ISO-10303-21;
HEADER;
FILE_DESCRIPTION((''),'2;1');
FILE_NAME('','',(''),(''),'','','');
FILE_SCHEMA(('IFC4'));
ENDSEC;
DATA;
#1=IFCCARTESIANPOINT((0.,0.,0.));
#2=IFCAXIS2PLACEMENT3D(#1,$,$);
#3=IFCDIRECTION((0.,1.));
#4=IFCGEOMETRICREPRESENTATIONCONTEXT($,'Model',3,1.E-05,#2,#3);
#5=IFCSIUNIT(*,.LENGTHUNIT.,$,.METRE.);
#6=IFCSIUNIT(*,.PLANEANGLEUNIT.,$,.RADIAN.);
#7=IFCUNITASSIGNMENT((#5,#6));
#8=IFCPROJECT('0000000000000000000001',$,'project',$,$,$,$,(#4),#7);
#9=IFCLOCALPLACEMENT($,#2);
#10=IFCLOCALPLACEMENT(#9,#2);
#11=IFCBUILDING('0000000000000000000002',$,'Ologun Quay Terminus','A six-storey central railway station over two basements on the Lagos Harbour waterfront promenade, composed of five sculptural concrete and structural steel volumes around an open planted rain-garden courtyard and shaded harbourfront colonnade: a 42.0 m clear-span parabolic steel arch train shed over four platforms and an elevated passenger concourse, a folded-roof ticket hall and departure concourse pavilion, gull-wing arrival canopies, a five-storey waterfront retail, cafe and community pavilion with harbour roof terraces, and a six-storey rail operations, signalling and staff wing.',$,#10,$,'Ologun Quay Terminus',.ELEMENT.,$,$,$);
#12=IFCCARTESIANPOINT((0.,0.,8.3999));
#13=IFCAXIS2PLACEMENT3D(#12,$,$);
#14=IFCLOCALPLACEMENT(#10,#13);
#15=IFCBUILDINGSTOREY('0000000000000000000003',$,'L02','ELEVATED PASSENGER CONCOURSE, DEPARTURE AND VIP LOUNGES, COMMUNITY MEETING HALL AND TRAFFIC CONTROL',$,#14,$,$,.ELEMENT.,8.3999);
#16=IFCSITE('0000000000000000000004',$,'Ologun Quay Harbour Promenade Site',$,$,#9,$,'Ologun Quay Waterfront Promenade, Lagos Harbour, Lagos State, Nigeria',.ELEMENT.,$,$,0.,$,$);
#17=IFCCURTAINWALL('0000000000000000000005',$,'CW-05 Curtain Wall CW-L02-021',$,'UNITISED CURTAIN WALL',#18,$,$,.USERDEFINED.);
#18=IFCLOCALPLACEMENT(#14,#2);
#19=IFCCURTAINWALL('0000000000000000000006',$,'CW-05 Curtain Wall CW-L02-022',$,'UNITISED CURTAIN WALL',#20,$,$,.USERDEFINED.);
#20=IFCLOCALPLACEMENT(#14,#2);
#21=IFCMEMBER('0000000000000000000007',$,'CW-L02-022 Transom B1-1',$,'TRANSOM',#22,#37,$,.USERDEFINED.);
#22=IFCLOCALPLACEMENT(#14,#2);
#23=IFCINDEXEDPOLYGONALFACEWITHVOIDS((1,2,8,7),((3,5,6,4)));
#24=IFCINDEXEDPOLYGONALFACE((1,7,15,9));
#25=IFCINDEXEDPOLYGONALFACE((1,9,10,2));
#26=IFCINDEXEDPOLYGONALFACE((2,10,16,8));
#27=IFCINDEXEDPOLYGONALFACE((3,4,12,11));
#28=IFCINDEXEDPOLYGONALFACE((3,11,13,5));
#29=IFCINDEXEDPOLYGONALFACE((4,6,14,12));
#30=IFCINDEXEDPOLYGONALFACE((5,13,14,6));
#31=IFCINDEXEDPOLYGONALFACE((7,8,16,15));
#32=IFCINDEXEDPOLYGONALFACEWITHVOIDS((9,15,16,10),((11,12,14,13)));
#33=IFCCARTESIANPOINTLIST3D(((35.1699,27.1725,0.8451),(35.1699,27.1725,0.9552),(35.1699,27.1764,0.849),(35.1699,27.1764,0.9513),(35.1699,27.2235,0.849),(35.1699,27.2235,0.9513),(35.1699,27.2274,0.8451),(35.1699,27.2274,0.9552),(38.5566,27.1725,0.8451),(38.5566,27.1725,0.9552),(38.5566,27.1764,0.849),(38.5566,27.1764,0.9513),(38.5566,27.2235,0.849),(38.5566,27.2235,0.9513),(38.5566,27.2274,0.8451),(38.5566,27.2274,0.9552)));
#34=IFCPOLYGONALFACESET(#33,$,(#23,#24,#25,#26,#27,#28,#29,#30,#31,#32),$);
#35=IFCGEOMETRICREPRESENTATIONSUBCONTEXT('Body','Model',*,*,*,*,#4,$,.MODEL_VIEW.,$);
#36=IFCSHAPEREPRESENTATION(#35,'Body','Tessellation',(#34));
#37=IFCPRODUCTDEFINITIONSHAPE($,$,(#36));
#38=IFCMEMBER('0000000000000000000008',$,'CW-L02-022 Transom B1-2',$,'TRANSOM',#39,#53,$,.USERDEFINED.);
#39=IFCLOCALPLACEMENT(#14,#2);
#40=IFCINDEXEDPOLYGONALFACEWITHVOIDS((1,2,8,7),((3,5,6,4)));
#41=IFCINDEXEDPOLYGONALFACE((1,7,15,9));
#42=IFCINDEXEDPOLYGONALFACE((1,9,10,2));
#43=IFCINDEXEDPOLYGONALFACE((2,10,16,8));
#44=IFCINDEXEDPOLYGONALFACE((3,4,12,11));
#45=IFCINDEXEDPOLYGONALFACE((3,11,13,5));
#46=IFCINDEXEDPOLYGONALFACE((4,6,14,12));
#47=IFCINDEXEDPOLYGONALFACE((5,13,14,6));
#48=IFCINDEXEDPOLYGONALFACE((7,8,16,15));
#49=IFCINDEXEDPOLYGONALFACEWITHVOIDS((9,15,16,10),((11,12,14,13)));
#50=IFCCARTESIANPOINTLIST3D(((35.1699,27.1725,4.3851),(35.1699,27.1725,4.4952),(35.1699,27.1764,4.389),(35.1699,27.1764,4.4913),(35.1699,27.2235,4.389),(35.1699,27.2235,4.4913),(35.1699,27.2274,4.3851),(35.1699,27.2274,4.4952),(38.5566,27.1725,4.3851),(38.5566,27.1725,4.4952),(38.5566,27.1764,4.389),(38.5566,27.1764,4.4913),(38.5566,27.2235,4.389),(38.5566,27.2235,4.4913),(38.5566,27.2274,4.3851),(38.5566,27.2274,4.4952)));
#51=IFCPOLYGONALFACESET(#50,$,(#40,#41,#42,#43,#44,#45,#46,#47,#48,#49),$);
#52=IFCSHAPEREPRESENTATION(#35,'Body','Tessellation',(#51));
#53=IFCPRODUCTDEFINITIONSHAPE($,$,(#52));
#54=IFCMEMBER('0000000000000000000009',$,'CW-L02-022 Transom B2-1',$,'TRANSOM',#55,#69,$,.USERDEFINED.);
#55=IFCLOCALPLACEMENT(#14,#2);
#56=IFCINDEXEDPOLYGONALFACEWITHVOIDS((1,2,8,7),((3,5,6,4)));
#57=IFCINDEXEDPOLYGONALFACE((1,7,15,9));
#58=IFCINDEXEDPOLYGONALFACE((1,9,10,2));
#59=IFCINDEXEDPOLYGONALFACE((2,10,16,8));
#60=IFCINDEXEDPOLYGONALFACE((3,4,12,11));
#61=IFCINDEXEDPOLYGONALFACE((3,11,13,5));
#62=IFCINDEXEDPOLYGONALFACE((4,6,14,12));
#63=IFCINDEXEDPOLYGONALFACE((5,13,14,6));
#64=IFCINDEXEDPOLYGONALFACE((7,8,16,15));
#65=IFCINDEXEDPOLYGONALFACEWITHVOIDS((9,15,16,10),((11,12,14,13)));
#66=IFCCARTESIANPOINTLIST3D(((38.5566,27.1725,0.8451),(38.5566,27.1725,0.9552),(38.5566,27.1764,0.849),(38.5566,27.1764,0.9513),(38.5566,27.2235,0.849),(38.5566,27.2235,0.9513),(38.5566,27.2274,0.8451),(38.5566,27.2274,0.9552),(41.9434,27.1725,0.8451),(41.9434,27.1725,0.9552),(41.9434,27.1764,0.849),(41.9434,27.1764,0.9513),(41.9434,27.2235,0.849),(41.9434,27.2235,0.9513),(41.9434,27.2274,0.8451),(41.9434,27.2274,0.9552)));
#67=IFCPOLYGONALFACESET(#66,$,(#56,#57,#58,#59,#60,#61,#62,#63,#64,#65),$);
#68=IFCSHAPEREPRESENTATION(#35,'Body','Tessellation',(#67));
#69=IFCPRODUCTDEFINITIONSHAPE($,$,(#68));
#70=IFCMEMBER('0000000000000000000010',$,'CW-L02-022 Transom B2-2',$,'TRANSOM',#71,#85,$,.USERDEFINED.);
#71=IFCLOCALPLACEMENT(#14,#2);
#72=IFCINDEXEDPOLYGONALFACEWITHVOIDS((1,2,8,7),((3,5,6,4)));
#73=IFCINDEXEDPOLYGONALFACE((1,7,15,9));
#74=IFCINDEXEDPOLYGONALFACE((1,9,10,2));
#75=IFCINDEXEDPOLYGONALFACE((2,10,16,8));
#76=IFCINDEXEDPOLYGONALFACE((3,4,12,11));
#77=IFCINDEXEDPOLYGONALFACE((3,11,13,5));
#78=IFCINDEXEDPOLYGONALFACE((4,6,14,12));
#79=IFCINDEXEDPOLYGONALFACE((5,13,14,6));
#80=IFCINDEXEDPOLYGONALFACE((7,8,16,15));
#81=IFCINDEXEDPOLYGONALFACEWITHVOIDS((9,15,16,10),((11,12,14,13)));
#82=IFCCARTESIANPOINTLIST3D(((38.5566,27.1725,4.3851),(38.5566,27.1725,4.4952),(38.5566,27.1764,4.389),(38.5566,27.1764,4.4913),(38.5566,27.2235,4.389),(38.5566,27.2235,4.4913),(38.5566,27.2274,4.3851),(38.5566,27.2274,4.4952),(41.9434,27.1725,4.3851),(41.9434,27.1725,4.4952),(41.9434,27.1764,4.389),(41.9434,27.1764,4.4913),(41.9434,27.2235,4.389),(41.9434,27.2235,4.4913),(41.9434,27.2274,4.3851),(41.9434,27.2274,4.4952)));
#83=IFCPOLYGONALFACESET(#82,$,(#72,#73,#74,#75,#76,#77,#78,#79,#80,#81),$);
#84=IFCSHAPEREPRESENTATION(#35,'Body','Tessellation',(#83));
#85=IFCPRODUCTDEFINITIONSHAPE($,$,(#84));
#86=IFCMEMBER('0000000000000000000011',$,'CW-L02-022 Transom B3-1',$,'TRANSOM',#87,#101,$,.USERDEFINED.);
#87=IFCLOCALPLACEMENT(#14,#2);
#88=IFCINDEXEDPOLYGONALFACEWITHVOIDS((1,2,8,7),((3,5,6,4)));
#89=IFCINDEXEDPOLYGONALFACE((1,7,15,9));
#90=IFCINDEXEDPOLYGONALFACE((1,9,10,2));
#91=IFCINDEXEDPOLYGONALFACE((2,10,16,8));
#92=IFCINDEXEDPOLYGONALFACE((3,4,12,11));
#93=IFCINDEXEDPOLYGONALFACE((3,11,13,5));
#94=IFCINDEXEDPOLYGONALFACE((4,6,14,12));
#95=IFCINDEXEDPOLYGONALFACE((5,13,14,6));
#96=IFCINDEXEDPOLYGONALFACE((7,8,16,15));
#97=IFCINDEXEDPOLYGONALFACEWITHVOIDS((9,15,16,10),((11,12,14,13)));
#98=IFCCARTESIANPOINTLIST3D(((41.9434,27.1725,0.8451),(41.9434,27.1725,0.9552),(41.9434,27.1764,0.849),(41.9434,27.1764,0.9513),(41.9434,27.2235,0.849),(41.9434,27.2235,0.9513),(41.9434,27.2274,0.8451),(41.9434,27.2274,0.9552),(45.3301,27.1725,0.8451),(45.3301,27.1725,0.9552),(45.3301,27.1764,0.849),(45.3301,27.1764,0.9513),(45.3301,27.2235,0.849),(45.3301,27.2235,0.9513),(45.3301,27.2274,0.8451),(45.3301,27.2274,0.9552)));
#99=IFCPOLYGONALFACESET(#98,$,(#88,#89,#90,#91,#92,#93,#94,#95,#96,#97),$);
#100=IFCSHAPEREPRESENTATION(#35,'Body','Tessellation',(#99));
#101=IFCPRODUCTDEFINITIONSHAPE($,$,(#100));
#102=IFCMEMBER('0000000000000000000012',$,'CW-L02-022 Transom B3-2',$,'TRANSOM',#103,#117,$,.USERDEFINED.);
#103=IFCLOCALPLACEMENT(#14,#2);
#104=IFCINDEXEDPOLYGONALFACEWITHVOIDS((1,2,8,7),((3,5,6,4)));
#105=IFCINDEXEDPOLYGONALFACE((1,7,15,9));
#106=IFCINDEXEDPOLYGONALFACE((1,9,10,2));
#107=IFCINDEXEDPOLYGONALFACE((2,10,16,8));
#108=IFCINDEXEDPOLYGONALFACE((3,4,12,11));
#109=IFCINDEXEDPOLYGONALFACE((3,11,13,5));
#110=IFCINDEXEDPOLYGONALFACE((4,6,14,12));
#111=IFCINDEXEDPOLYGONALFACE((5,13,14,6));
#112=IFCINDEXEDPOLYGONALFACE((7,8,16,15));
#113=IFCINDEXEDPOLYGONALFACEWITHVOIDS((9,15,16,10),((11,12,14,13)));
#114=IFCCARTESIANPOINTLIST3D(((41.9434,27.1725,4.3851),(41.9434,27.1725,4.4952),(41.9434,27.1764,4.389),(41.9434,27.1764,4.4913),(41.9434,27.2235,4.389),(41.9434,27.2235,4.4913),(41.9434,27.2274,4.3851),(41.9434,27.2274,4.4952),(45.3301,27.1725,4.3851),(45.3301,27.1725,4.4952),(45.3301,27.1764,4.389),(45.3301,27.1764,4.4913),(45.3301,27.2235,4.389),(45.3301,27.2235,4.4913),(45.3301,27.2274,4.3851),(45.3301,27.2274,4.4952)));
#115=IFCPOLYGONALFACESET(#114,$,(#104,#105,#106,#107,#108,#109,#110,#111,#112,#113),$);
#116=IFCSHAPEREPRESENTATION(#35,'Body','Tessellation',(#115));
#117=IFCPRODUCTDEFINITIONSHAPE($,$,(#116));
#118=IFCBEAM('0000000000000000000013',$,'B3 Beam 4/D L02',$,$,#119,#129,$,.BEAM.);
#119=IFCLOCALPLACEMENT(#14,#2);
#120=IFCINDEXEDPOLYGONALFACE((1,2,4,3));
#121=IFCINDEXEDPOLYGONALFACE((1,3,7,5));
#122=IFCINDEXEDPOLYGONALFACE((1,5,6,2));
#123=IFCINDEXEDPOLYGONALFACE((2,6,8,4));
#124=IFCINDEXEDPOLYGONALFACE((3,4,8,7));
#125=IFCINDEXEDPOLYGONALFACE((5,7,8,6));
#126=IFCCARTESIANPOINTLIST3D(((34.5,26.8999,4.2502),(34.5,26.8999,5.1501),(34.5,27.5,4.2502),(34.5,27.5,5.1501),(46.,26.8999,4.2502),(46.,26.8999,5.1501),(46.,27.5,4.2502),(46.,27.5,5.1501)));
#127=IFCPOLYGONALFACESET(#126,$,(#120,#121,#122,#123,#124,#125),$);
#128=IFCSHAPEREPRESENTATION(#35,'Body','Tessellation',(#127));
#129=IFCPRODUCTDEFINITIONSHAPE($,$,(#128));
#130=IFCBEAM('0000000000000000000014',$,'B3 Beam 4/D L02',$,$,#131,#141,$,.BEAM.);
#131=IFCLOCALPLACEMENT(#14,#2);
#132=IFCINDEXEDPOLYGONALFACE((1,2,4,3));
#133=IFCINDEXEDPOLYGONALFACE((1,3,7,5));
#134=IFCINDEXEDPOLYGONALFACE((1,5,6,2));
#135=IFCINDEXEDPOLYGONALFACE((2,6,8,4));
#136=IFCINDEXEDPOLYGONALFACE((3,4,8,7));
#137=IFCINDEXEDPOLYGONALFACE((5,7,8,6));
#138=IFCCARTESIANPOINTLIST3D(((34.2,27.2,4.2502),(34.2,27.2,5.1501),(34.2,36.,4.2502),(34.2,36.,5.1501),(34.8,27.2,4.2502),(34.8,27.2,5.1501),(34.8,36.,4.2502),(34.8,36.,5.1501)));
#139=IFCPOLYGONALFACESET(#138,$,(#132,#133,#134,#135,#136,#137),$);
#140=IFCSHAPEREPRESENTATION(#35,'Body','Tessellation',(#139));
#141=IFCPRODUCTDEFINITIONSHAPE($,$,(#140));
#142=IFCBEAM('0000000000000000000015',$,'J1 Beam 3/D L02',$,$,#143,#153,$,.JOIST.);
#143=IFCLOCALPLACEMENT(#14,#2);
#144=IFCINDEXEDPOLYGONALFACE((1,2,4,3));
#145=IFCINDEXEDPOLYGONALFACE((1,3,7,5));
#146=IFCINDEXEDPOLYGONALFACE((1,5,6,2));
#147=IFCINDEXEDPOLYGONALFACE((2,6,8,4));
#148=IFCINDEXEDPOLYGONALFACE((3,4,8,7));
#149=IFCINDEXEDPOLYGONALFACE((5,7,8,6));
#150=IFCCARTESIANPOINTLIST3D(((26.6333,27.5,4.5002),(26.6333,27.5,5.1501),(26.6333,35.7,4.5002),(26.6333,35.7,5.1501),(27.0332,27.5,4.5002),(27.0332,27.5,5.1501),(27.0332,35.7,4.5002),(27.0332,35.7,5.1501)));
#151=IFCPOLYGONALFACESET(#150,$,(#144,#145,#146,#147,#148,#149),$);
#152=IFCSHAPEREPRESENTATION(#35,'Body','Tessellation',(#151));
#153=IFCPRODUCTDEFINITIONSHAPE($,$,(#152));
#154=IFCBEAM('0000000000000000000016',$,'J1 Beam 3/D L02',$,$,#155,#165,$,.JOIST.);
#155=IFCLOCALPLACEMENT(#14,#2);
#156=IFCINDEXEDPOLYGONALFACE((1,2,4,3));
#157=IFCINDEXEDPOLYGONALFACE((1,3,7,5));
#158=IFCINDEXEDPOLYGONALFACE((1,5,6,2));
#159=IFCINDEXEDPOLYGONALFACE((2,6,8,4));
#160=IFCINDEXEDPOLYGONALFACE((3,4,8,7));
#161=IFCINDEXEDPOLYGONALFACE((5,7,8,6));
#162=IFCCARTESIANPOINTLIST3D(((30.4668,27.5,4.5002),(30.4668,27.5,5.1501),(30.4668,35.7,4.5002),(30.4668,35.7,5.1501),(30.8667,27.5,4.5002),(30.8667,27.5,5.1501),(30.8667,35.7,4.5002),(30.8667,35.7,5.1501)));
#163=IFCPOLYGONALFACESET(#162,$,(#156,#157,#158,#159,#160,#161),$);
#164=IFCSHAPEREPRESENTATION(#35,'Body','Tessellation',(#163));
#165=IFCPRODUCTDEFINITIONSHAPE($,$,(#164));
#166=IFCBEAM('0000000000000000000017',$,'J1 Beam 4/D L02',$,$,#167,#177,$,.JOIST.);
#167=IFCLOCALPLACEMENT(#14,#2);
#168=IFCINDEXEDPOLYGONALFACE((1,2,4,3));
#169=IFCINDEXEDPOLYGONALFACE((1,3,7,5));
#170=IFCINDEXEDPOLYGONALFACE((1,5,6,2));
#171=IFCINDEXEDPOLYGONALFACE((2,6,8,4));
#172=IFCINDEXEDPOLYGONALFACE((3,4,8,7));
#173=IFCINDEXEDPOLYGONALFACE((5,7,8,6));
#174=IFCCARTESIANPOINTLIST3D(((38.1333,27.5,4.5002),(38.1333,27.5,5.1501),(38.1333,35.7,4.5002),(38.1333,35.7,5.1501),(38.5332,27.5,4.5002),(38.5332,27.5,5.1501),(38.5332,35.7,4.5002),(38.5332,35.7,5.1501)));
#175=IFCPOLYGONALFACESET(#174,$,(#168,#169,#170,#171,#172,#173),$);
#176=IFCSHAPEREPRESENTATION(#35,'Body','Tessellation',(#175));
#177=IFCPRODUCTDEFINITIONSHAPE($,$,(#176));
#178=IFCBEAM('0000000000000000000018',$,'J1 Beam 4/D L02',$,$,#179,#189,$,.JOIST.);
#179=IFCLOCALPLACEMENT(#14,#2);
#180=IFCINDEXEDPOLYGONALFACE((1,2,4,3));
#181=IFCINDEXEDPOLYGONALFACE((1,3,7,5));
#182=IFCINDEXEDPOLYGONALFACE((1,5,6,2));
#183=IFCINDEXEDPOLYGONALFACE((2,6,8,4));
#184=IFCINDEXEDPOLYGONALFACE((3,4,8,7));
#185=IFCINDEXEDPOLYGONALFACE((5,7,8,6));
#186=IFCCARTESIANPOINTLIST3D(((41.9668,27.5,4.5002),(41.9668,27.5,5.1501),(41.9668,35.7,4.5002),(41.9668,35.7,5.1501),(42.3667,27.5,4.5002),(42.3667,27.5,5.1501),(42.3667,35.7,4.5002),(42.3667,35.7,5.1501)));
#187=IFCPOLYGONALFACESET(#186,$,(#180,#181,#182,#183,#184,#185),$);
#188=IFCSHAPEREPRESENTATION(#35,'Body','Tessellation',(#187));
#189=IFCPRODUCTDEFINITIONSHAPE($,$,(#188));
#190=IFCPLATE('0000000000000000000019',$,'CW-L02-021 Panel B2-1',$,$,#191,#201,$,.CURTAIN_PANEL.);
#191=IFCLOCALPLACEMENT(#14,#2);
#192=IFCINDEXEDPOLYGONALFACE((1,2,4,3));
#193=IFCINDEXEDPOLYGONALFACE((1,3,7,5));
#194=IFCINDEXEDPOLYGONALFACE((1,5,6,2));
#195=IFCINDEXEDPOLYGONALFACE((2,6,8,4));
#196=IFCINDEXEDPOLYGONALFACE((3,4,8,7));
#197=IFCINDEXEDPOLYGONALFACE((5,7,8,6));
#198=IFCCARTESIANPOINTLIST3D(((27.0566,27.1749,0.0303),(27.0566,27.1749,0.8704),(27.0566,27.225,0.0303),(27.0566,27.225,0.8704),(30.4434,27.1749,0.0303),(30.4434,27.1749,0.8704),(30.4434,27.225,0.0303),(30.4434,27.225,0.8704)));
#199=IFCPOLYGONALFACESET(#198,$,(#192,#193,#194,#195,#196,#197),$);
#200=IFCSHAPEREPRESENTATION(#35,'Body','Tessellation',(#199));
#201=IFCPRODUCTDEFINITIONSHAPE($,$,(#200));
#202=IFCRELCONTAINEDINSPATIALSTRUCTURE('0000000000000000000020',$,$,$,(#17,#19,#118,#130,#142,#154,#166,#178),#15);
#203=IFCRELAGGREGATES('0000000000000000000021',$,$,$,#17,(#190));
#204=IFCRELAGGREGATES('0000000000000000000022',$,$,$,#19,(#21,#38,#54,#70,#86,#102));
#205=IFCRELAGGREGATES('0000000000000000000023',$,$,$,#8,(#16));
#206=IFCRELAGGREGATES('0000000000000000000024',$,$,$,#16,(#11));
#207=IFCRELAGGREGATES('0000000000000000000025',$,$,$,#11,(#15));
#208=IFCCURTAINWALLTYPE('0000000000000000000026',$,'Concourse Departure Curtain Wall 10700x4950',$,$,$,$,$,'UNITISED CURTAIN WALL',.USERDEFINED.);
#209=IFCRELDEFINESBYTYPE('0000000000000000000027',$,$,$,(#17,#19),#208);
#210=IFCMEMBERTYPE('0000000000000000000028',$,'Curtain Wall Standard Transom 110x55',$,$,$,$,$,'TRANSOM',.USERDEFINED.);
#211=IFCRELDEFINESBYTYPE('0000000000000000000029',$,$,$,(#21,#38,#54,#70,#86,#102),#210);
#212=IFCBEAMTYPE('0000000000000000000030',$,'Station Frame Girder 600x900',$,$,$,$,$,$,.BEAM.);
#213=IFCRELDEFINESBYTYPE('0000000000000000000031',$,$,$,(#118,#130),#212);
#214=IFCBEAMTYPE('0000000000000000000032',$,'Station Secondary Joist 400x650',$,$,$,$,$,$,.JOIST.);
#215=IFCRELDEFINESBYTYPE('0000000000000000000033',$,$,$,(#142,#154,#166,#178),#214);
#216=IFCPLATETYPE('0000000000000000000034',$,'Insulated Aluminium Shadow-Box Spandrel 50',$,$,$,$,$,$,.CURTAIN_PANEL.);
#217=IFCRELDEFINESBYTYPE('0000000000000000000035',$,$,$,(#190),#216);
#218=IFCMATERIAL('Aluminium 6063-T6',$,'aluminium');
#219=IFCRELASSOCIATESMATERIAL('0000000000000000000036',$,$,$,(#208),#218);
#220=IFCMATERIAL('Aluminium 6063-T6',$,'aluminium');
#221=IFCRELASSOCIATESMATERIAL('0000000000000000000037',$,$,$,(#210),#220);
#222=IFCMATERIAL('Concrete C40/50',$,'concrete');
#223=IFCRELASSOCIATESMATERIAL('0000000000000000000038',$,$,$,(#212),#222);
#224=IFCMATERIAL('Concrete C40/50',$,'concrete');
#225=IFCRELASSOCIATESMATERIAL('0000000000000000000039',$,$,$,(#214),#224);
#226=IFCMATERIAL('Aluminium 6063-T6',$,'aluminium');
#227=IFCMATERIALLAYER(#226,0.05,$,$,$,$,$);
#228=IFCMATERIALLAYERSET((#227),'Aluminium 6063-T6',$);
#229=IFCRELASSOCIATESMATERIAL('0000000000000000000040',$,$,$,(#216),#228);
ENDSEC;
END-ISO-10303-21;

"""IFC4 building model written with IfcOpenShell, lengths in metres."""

from ifc_helpers import new_model, si_unit, direction, frame, origin, origin_2d, place, context, subcontext, project, spatial, rectangle, hollow_rectangle, extrude, material, layer, layer_set, material_profile, profile_set, type_object, element, aggregate, save


model = new_model("IFC4")

# Units and contexts
model_context = context("Model", 3, precision=1e-05, world=origin(), true_north=direction((0.0, 1.0)))
body_context = subcontext(model_context, "Body", "Model", "MODEL_VIEW")
ifc_project = project(units=[si_unit("LENGTHUNIT", "METRE"), si_unit("PLANEANGLEUNIT", "RADIAN")], contexts=[model_context])

# Site, building, storey
site_placement = place(None, origin())
site = spatial("IfcSite", under=ifc_project, at=site_placement, Name="Ologun Quay Harbour Promenade Site", LongName="Ologun Quay Waterfront Promenade, Lagos Harbour, Lagos State, Nigeria", CompositionType="ELEMENT", RefElevation=0.0)
building_placement = place(site_placement, origin())
building = spatial("IfcBuilding", under=site, at=building_placement, Name="Ologun Quay Terminus", Description="A six-storey central railway station over two basements on the Lagos Harbour waterfront promenade, composed of five sculptural concrete and structural steel volumes around an open planted rain-garden courtyard and shaded harbourfront colonnade: a 42.0 m clear-span parabolic steel arch train shed over four platforms and an elevated passenger concourse, a folded-roof ticket hall and departure concourse pavilion, gull-wing arrival canopies, a five-storey waterfront retail, cafe and community pavilion with harbour roof terraces, and a six-storey rail operations, signalling and staff wing.", LongName="Ologun Quay Terminus", CompositionType="ELEMENT")
storey_placement = place(building_placement, frame((0.0, 0.0, 8.3999)))
storey = spatial("IfcBuildingStorey", under=building, at=storey_placement, Name="L02", Description="ELEVATED PASSENGER CONCOURSE, DEPARTURE AND VIP LOUNGES, COMMUNITY MEETING HALL AND TRAFFIC CONTROL", CompositionType="ELEMENT", Elevation=8.3999)

# Curtain walls
ifc_material_1 = material(Name="Aluminium 6063-T6", Category="aluminium")
curtain_wall_type = type_object("IfcCurtainWallType", Name="Concourse Departure Curtain Wall 10700x4950", ElementType="UNITISED CURTAIN WALL", PredefinedType="USERDEFINED", material=ifc_material_1)
curtain_wall_1_placement = place(storey_placement, origin())
curtain_wall_1 = element("IfcCurtainWall", 1, at=curtain_wall_1_placement, inside=storey, type_object=curtain_wall_type, Name="CW-05 Curtain Wall CW-L02-021", ObjectType="UNITISED CURTAIN WALL", PredefinedType="USERDEFINED")
curtain_wall_2_placement = place(storey_placement, origin())
curtain_wall_2 = element("IfcCurtainWall", 2, at=curtain_wall_2_placement, inside=storey, type_object=curtain_wall_type, Name="CW-05 Curtain Wall CW-L02-022", ObjectType="UNITISED CURTAIN WALL", PredefinedType="USERDEFINED")

# Members
ifc_material_2 = material(Name="Aluminium 6063-T6", Category="aluminium")
ifc_material_profile_1 = material_profile(ifc_material_2, hollow_rectangle(XDim=0.0549, YDim=0.1101, WallThickness=0.0039, at=origin_2d()), Name="ALU 110x55x4")
ifc_profile_set_1 = profile_set([ifc_material_profile_1], Name="Aluminium 6063-T6")
member_type_1 = type_object("IfcMemberType", Name="Curtain Wall Standard Transom 110x55", ElementType="TRANSOM", PredefinedType="USERDEFINED", material=ifc_profile_set_1)
member_1_placement = place(storey_placement, frame((35.1699, 27.2, 0.9001), z_axis=(1.0, 0.0, 0.0), x_axis=(0.0, 1.0, 0.0)))
member_1 = element("IfcMember", 3, at=member_1_placement, type_object=member_type_1, Name="CW-L02-022 Transom B1-1", ObjectType="TRANSOM", PredefinedType="USERDEFINED", context=body_context, shape_type="SweptSolid", body=[
    extrude(hollow_rectangle(XDim=0.0549, YDim=0.1101, WallThickness=0.0039, at=origin_2d()), origin(), (0.0, 0.0, 1.0), 3.3867),
])
member_2_placement = place(storey_placement, frame((35.1699, 27.2, 4.4402), z_axis=(1.0, 0.0, 0.0), x_axis=(0.0, 1.0, 0.0)))
member_2 = element("IfcMember", 4, at=member_2_placement, type_object=member_type_1, Name="CW-L02-022 Transom B1-2", ObjectType="TRANSOM", PredefinedType="USERDEFINED", context=body_context, shape_type="SweptSolid", body=[
    extrude(hollow_rectangle(XDim=0.0549, YDim=0.1101, WallThickness=0.0039, at=origin_2d()), origin(), (0.0, 0.0, 1.0), 3.3867),
])
member_3_placement = place(storey_placement, frame((38.5566, 27.2, 0.9001), z_axis=(1.0, 0.0, 0.0), x_axis=(0.0, 1.0, 0.0)))
member_3 = element("IfcMember", 5, at=member_3_placement, type_object=member_type_1, Name="CW-L02-022 Transom B2-1", ObjectType="TRANSOM", PredefinedType="USERDEFINED", context=body_context, shape_type="SweptSolid", body=[
    extrude(hollow_rectangle(XDim=0.0549, YDim=0.1101, WallThickness=0.0039, at=origin_2d()), origin(), (0.0, 0.0, 1.0), 3.3867),
])
member_4_placement = place(storey_placement, frame((38.5566, 27.2, 4.4402), z_axis=(1.0, 0.0, 0.0), x_axis=(0.0, 1.0, 0.0)))
member_4 = element("IfcMember", 6, at=member_4_placement, type_object=member_type_1, Name="CW-L02-022 Transom B2-2", ObjectType="TRANSOM", PredefinedType="USERDEFINED", context=body_context, shape_type="SweptSolid", body=[
    extrude(hollow_rectangle(XDim=0.0549, YDim=0.1101, WallThickness=0.0039, at=origin_2d()), origin(), (0.0, 0.0, 1.0), 3.3867),
])
member_5_placement = place(storey_placement, frame((41.9434, 27.2, 0.9001), z_axis=(1.0, 0.0, 0.0), x_axis=(0.0, 1.0, 0.0)))
member_5 = element("IfcMember", 7, at=member_5_placement, type_object=member_type_1, Name="CW-L02-022 Transom B3-1", ObjectType="TRANSOM", PredefinedType="USERDEFINED", context=body_context, shape_type="SweptSolid", body=[
    extrude(hollow_rectangle(XDim=0.0549, YDim=0.1101, WallThickness=0.0039, at=origin_2d()), origin(), (0.0, 0.0, 1.0), 3.3867),
])
member_6_placement = place(storey_placement, frame((41.9434, 27.2, 4.4402), z_axis=(1.0, 0.0, 0.0), x_axis=(0.0, 1.0, 0.0)))
member_6 = element("IfcMember", 8, at=member_6_placement, type_object=member_type_1, Name="CW-L02-022 Transom B3-2", ObjectType="TRANSOM", PredefinedType="USERDEFINED", context=body_context, shape_type="SweptSolid", body=[
    extrude(hollow_rectangle(XDim=0.0549, YDim=0.1101, WallThickness=0.0039, at=origin_2d()), origin(), (0.0, 0.0, 1.0), 3.3867),
])

# Beams
ifc_material_3 = material(Name="Concrete C40/50", Category="concrete")
ifc_material_profile_2 = material_profile(ifc_material_3, rectangle(XDim=0.6001, YDim=0.8999, at=origin_2d()), Name="RC 600x900")
ifc_profile_set_2 = profile_set([ifc_material_profile_2], Name="Concrete C40/50")
beam_type_1 = type_object("IfcBeamType", Name="Station Frame Girder 600x900", PredefinedType="BEAM", material=ifc_profile_set_2)
beam_1_placement = place(storey_placement, frame((34.5, 27.2, 4.7002), z_axis=(1.0, 0.0, 0.0), x_axis=(0.0, 1.0, 0.0)))
element("IfcBeam", 9, at=beam_1_placement, inside=storey, type_object=beam_type_1, Name="B3 Beam 4/D L02", PredefinedType="BEAM", context=body_context, shape_type="SweptSolid", body=[
    extrude(rectangle(XDim=0.6001, YDim=0.8999, at=origin_2d()), origin(), (0.0, 0.0, 1.0), 11.5),
])
beam_2_placement = place(storey_placement, frame((34.5, 27.2, 4.7002), z_axis=(0.0, 1.0, 0.0), x_axis=(-1.0, 0.0, 0.0)))
element("IfcBeam", 10, at=beam_2_placement, inside=storey, type_object=beam_type_1, Name="B3 Beam 4/D L02", PredefinedType="BEAM", context=body_context, shape_type="SweptSolid", body=[
    extrude(rectangle(XDim=0.6001, YDim=0.8999, at=origin_2d()), origin(), (0.0, 0.0, 1.0), 8.8),
])
ifc_material_4 = material(Name="Concrete C40/50", Category="concrete")
ifc_material_profile_3 = material_profile(ifc_material_4, rectangle(XDim=0.3999, YDim=0.6499, at=origin_2d()), Name="RC 400x650")
ifc_profile_set_3 = profile_set([ifc_material_profile_3], Name="Concrete C40/50")
beam_type_2 = type_object("IfcBeamType", Name="Station Secondary Joist 400x650", PredefinedType="JOIST", material=ifc_profile_set_3)
for number, where, z_axis, x_axis, name in (
    (11, (26.8333, 27.5, 4.8252), (0.0, 1.0, 0.0), (-1.0, 0.0, 0.0), "J1 Beam 3/D L02"),
    (12, (30.6667, 27.5, 4.8252), (0.0, 1.0, 0.0), (-1.0, 0.0, 0.0), "J1 Beam 3/D L02"),
    (13, (38.3333, 27.5, 4.8252), (0.0, 1.0, 0.0), (-1.0, 0.0, 0.0), "J1 Beam 4/D L02"),
    (14, (42.1667, 27.5, 4.8252), (0.0, 1.0, 0.0), (-1.0, 0.0, 0.0), "J1 Beam 4/D L02"),
):
    element("IfcBeam", number, at=place(storey_placement, frame(where, z_axis=z_axis, x_axis=x_axis)), inside=storey, type_object=beam_type_2, Name=name, PredefinedType="JOIST", context=body_context, shape_type="SweptSolid", body=[
        extrude(rectangle(XDim=0.3999, YDim=0.6499, at=origin_2d()), origin(), (0.0, 0.0, 1.0), 8.2),
    ])

# Plate
ifc_material_5 = material(Name="Aluminium 6063-T6", Category="aluminium")
ifc_layer_1 = layer(ifc_material_5, 0.05)
ifc_layer_set_1 = layer_set([ifc_layer_1], Name="Aluminium 6063-T6")
plate_type_1 = type_object("IfcPlateType", Name="Insulated Aluminium Shadow-Box Spandrel 50", PredefinedType="CURTAIN_PANEL", material=ifc_layer_set_1)
plate_1_placement = place(storey_placement, frame((28.75, 27.2, 0.0303), z_axis=(0.0, 0.0, 1.0), x_axis=(1.0, 0.0, 0.0)))
plate_1 = element("IfcPlate", 15, at=plate_1_placement, type_object=plate_type_1, Name="CW-L02-021 Panel B2-1", PredefinedType="CURTAIN_PANEL", context=body_context, shape_type="SweptSolid", body=[
    extrude(rectangle(XDim=3.3867, YDim=0.05, at=origin_2d()), origin(), (0.0, 0.0, 1.0), 0.8401),
])
aggregate(curtain_wall_1, [plate_1])
aggregate(curtain_wall_2, [member_1, member_2, member_3, member_4, member_5, member_6])

save(model, "model.ifc")
